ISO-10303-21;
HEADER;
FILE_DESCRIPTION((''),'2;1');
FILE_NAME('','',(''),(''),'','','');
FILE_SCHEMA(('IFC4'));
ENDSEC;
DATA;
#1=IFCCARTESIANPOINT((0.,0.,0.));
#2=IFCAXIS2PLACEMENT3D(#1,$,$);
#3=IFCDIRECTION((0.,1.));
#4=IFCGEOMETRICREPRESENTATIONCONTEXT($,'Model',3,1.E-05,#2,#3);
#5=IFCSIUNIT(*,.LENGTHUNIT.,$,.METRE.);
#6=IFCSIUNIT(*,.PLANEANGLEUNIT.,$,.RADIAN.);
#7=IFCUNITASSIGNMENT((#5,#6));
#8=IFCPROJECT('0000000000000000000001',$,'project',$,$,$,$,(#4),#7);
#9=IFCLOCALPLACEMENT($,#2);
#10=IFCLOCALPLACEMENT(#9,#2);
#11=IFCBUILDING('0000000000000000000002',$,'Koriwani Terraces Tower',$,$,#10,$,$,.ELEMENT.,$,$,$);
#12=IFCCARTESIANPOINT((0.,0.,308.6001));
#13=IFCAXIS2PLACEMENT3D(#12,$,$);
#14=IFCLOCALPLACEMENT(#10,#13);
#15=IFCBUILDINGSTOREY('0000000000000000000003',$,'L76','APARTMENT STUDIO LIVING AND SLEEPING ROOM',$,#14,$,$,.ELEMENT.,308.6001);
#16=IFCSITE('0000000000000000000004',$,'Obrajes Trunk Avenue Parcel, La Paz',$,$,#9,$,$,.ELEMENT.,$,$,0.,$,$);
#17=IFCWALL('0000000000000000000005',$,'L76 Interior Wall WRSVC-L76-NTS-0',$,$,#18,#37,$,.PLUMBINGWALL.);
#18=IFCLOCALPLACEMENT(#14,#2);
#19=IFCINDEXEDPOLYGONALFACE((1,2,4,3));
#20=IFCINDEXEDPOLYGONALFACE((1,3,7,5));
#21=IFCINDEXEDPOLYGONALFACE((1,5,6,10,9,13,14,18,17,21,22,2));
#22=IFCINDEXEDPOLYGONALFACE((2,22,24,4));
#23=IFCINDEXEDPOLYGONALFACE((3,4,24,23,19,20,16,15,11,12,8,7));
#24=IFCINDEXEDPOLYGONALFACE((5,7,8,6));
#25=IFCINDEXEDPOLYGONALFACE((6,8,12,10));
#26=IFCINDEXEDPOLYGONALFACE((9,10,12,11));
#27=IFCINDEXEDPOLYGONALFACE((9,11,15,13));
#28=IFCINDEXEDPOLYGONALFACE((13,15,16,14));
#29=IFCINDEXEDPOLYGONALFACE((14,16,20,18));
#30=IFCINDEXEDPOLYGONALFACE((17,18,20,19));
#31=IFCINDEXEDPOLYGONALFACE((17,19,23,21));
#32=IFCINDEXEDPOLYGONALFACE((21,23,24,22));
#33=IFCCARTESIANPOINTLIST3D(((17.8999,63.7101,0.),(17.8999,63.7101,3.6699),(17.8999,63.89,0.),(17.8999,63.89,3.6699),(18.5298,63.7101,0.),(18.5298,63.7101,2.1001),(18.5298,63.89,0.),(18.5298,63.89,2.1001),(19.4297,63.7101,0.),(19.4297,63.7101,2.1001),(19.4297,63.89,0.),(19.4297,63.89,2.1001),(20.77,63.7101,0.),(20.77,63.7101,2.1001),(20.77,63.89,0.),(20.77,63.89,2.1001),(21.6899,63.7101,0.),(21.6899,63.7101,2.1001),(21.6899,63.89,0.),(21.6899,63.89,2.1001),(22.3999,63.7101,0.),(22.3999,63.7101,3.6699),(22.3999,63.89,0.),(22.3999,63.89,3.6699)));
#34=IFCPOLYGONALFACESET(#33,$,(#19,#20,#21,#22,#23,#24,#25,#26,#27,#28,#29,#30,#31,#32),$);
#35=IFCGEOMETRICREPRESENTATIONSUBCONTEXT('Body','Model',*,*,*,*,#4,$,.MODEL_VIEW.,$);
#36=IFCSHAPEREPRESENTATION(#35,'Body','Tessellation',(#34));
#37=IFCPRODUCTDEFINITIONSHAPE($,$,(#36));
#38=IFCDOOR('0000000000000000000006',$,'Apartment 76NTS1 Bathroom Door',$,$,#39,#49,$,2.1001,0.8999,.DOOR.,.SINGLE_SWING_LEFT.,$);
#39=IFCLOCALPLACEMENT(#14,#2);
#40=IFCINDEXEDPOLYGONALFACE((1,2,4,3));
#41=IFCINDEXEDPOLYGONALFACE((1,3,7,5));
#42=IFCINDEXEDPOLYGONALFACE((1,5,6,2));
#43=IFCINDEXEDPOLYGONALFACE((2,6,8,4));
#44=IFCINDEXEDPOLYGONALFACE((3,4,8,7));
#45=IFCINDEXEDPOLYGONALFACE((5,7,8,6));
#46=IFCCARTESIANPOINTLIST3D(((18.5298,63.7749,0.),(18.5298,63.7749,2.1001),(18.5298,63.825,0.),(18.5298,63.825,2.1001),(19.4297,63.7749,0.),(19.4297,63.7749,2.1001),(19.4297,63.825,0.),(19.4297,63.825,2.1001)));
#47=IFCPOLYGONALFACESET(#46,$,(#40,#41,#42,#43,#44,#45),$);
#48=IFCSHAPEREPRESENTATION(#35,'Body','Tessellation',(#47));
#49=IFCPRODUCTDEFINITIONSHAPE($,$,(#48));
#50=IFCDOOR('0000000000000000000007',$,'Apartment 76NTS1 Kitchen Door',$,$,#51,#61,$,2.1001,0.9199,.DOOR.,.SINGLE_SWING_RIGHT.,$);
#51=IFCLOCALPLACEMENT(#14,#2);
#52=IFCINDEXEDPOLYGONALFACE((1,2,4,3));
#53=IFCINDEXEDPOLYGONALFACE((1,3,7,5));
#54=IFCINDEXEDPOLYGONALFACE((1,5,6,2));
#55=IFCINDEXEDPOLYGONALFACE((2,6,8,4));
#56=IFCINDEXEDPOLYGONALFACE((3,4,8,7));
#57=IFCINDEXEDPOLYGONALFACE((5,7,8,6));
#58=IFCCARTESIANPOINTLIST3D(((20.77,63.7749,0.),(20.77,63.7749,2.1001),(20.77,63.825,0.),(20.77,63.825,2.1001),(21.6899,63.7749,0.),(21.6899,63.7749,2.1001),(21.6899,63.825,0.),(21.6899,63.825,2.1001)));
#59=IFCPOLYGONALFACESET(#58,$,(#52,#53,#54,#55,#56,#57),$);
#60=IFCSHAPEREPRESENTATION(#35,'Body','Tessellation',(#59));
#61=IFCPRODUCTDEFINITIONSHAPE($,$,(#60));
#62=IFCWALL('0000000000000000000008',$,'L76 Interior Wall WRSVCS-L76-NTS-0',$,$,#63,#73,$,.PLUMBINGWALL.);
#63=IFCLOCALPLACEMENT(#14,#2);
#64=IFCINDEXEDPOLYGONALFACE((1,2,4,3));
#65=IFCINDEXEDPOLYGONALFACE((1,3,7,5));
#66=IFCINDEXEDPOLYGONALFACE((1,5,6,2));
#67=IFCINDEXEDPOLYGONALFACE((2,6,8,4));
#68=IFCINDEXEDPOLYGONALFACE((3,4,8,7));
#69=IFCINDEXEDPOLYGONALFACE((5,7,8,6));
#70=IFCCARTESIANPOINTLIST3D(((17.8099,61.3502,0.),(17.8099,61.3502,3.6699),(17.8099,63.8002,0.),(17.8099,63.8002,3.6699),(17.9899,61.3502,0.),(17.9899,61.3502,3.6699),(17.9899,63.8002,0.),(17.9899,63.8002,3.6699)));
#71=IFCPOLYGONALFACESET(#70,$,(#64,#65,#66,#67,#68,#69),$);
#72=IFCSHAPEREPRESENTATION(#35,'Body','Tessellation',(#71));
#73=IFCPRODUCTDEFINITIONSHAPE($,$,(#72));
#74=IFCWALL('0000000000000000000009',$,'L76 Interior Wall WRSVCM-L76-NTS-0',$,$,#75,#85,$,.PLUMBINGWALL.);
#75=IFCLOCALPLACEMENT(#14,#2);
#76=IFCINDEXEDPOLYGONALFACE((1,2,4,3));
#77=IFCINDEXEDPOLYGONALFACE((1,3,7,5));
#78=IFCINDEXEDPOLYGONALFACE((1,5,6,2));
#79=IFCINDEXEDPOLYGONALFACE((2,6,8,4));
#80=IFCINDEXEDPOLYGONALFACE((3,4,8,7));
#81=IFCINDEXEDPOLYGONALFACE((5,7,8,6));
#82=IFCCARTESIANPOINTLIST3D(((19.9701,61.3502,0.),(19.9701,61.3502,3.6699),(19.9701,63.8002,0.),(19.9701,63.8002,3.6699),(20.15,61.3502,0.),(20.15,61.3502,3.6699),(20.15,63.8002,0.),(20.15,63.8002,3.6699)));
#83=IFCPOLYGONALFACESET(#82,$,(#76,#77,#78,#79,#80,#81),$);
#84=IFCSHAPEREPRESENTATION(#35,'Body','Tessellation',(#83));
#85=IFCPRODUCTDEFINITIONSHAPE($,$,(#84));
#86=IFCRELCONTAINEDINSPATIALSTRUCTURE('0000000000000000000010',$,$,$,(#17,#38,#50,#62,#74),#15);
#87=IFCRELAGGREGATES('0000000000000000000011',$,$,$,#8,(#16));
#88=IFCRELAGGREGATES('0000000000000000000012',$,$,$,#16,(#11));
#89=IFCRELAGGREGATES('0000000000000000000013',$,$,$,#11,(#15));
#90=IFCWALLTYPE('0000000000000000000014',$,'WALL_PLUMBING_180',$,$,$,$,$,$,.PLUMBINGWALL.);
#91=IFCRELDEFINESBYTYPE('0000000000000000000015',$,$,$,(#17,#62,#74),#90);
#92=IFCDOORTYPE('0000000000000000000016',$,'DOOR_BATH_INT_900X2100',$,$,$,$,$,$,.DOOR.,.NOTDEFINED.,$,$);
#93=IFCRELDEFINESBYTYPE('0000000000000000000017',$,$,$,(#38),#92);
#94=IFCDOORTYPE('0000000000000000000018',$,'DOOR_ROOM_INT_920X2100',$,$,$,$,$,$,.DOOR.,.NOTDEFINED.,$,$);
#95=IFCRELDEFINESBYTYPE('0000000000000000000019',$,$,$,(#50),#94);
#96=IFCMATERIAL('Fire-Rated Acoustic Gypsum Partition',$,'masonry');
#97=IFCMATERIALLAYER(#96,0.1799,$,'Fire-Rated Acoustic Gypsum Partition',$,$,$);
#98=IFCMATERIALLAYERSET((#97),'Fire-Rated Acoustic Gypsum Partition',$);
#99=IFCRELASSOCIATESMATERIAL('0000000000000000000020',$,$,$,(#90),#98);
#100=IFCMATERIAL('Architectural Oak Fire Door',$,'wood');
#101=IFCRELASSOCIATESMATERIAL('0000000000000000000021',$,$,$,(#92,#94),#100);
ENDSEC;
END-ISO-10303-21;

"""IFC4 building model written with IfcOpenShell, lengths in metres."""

from ifc_helpers import new_model, si_unit, direction, frame, frame_2d, origin, place, context, subcontext, project, spatial, rectangle, extrude, material, layer, layer_set, type_object, element, fill, save


model = new_model("IFC4")

# Units and contexts
model_context = context("Model", 3, precision=1e-05, world=origin(), true_north=direction((0.0, 1.0)))
body_context = subcontext(model_context, "Body", "Model", "MODEL_VIEW")
ifc_project = project(units=[si_unit("LENGTHUNIT", "METRE"), si_unit("PLANEANGLEUNIT", "RADIAN")], contexts=[model_context])

# Site, building, storey
site_placement = place(None, origin())
site = spatial("IfcSite", under=ifc_project, at=site_placement, Name="Obrajes Trunk Avenue Parcel, La Paz", CompositionType="ELEMENT", RefElevation=0.0)
building_placement = place(site_placement, origin())
building = spatial("IfcBuilding", under=site, at=building_placement, Name="Koriwani Terraces Tower", CompositionType="ELEMENT")
storey_placement = place(building_placement, frame((0.0, 0.0, 308.6001)))
storey = spatial("IfcBuildingStorey", under=building, at=storey_placement, Name="L76", Description="APARTMENT STUDIO LIVING AND SLEEPING ROOM", CompositionType="ELEMENT", Elevation=308.6001)

# Shared definitions
ifc_material_1 = material(Name="Architectural Oak Fire Door", Category="wood")

# Wall, openings, doors
ifc_material_2 = material(Name="Fire-Rated Acoustic Gypsum Partition", Category="masonry")
ifc_layer_1 = layer(ifc_material_2, 0.1799, Name="Fire-Rated Acoustic Gypsum Partition")
ifc_layer_set_1 = layer_set([ifc_layer_1], Name="Fire-Rated Acoustic Gypsum Partition")
wall_type_1 = type_object("IfcWallType", Name="WALL_PLUMBING_180", PredefinedType="PLUMBINGWALL", material=ifc_layer_set_1)
wall_1_placement = place(storey_placement, frame((17.8999, 63.8, 0.0), z_axis=(0.0, 0.0, 1.0), x_axis=(1.0, 0.0, 0.0)))
wall_1 = element("IfcWall", 1, at=wall_1_placement, inside=storey, type_object=wall_type_1, Name="L76 Interior Wall WRSVC-L76-NTS-0", PredefinedType="PLUMBINGWALL", context=body_context, shape_type="SweptSolid", body=[
    extrude(rectangle(XDim=4.5, YDim=0.1799, at=frame_2d((2.25, 0.0))), origin(), (0.0, 0.0, 1.0), 3.6699),
])
opening_1_placement = place(wall_1_placement, frame((0.6299, 0.0, 0.0)))
opening_1 = element("IfcOpeningElement", 2, at=opening_1_placement, cuts=wall_1, PredefinedType="OPENING", context=body_context, shape_type="SweptSolid", body=[
    extrude(rectangle(XDim=0.8999, YDim=2.1001, at=frame_2d((0.45, 1.05))), frame((0.0, 0.1001, 0.0), z_axis=(0.0, -1.0, 0.0), x_axis=(1.0, 0.0, 0.0)), (0.0, 0.0, 1.0), 0.2),
])
opening_2_placement = place(wall_1_placement, frame((2.8701, 0.0, 0.0)))
opening_2 = element("IfcOpeningElement", 3, at=opening_2_placement, cuts=wall_1, PredefinedType="OPENING", context=body_context, shape_type="SweptSolid", body=[
    extrude(rectangle(XDim=0.9199, YDim=2.1001, at=frame_2d((0.46, 1.05))), frame((0.0, 0.1001, 0.0), z_axis=(0.0, -1.0, 0.0), x_axis=(1.0, 0.0, 0.0)), (0.0, 0.0, 1.0), 0.2),
])
door_type_1 = type_object("IfcDoorType", Name="DOOR_BATH_INT_900X2100", OperationType="NOTDEFINED", PredefinedType="DOOR", material=ifc_material_1)
door_1_placement = place(opening_1_placement, origin())
door_1 = element("IfcDoor", 4, at=door_1_placement, inside=storey, type_object=door_type_1, Name="Apartment 76NTS1 Bathroom Door", OperationType="SINGLE_SWING_LEFT", OverallHeight=2.1001, OverallWidth=0.8999, PredefinedType="DOOR", context=body_context, shape_type="SweptSolid", body=[
    extrude(rectangle(XDim=0.8999, YDim=2.1001, at=frame_2d((0.45, 1.05))), frame((0.0, 0.0249, 0.0), z_axis=(0.0, -1.0, 0.0), x_axis=(1.0, 0.0, 0.0)), (0.0, 0.0, 1.0), 0.05),
])
fill(opening_1, door_1)
door_type_2 = type_object("IfcDoorType", Name="DOOR_ROOM_INT_920X2100", OperationType="NOTDEFINED", PredefinedType="DOOR", material=ifc_material_1)
door_2_placement = place(opening_2_placement, origin())
door_2 = element("IfcDoor", 5, at=door_2_placement, inside=storey, type_object=door_type_2, Name="Apartment 76NTS1 Kitchen Door", OperationType="SINGLE_SWING_RIGHT", OverallHeight=2.1001, OverallWidth=0.9199, PredefinedType="DOOR", context=body_context, shape_type="SweptSolid", body=[
    extrude(rectangle(XDim=0.9199, YDim=2.1001, at=frame_2d((0.46, 1.05))), frame((0.0, 0.0249, 0.0), z_axis=(0.0, -1.0, 0.0), x_axis=(1.0, 0.0, 0.0)), (0.0, 0.0, 1.0), 0.05),
])
fill(opening_2, door_2)

# Walls
for number, where, z_axis, x_axis, name in (
    (6, (17.8999, 61.3501, 0.0), (0.0, 0.0, 1.0), (0.0, 1.0, 0.0), "L76 Interior Wall WRSVCS-L76-NTS-0"),
    (7, (20.0601, 61.3501, 0.0), (0.0, 0.0, 1.0), (0.0, 1.0, 0.0), "L76 Interior Wall WRSVCM-L76-NTS-0"),
):
    element("IfcWall", number, at=place(storey_placement, frame(where, z_axis=z_axis, x_axis=x_axis)), inside=storey, type_object=wall_type_1, Name=name, PredefinedType="PLUMBINGWALL", context=body_context, shape_type="SweptSolid", body=[
        extrude(rectangle(XDim=2.45, YDim=0.1799, at=frame_2d((1.2251, 0.0))), origin(), (0.0, 0.0, 1.0), 3.6699),
    ])

save(model, "model.ifc")
